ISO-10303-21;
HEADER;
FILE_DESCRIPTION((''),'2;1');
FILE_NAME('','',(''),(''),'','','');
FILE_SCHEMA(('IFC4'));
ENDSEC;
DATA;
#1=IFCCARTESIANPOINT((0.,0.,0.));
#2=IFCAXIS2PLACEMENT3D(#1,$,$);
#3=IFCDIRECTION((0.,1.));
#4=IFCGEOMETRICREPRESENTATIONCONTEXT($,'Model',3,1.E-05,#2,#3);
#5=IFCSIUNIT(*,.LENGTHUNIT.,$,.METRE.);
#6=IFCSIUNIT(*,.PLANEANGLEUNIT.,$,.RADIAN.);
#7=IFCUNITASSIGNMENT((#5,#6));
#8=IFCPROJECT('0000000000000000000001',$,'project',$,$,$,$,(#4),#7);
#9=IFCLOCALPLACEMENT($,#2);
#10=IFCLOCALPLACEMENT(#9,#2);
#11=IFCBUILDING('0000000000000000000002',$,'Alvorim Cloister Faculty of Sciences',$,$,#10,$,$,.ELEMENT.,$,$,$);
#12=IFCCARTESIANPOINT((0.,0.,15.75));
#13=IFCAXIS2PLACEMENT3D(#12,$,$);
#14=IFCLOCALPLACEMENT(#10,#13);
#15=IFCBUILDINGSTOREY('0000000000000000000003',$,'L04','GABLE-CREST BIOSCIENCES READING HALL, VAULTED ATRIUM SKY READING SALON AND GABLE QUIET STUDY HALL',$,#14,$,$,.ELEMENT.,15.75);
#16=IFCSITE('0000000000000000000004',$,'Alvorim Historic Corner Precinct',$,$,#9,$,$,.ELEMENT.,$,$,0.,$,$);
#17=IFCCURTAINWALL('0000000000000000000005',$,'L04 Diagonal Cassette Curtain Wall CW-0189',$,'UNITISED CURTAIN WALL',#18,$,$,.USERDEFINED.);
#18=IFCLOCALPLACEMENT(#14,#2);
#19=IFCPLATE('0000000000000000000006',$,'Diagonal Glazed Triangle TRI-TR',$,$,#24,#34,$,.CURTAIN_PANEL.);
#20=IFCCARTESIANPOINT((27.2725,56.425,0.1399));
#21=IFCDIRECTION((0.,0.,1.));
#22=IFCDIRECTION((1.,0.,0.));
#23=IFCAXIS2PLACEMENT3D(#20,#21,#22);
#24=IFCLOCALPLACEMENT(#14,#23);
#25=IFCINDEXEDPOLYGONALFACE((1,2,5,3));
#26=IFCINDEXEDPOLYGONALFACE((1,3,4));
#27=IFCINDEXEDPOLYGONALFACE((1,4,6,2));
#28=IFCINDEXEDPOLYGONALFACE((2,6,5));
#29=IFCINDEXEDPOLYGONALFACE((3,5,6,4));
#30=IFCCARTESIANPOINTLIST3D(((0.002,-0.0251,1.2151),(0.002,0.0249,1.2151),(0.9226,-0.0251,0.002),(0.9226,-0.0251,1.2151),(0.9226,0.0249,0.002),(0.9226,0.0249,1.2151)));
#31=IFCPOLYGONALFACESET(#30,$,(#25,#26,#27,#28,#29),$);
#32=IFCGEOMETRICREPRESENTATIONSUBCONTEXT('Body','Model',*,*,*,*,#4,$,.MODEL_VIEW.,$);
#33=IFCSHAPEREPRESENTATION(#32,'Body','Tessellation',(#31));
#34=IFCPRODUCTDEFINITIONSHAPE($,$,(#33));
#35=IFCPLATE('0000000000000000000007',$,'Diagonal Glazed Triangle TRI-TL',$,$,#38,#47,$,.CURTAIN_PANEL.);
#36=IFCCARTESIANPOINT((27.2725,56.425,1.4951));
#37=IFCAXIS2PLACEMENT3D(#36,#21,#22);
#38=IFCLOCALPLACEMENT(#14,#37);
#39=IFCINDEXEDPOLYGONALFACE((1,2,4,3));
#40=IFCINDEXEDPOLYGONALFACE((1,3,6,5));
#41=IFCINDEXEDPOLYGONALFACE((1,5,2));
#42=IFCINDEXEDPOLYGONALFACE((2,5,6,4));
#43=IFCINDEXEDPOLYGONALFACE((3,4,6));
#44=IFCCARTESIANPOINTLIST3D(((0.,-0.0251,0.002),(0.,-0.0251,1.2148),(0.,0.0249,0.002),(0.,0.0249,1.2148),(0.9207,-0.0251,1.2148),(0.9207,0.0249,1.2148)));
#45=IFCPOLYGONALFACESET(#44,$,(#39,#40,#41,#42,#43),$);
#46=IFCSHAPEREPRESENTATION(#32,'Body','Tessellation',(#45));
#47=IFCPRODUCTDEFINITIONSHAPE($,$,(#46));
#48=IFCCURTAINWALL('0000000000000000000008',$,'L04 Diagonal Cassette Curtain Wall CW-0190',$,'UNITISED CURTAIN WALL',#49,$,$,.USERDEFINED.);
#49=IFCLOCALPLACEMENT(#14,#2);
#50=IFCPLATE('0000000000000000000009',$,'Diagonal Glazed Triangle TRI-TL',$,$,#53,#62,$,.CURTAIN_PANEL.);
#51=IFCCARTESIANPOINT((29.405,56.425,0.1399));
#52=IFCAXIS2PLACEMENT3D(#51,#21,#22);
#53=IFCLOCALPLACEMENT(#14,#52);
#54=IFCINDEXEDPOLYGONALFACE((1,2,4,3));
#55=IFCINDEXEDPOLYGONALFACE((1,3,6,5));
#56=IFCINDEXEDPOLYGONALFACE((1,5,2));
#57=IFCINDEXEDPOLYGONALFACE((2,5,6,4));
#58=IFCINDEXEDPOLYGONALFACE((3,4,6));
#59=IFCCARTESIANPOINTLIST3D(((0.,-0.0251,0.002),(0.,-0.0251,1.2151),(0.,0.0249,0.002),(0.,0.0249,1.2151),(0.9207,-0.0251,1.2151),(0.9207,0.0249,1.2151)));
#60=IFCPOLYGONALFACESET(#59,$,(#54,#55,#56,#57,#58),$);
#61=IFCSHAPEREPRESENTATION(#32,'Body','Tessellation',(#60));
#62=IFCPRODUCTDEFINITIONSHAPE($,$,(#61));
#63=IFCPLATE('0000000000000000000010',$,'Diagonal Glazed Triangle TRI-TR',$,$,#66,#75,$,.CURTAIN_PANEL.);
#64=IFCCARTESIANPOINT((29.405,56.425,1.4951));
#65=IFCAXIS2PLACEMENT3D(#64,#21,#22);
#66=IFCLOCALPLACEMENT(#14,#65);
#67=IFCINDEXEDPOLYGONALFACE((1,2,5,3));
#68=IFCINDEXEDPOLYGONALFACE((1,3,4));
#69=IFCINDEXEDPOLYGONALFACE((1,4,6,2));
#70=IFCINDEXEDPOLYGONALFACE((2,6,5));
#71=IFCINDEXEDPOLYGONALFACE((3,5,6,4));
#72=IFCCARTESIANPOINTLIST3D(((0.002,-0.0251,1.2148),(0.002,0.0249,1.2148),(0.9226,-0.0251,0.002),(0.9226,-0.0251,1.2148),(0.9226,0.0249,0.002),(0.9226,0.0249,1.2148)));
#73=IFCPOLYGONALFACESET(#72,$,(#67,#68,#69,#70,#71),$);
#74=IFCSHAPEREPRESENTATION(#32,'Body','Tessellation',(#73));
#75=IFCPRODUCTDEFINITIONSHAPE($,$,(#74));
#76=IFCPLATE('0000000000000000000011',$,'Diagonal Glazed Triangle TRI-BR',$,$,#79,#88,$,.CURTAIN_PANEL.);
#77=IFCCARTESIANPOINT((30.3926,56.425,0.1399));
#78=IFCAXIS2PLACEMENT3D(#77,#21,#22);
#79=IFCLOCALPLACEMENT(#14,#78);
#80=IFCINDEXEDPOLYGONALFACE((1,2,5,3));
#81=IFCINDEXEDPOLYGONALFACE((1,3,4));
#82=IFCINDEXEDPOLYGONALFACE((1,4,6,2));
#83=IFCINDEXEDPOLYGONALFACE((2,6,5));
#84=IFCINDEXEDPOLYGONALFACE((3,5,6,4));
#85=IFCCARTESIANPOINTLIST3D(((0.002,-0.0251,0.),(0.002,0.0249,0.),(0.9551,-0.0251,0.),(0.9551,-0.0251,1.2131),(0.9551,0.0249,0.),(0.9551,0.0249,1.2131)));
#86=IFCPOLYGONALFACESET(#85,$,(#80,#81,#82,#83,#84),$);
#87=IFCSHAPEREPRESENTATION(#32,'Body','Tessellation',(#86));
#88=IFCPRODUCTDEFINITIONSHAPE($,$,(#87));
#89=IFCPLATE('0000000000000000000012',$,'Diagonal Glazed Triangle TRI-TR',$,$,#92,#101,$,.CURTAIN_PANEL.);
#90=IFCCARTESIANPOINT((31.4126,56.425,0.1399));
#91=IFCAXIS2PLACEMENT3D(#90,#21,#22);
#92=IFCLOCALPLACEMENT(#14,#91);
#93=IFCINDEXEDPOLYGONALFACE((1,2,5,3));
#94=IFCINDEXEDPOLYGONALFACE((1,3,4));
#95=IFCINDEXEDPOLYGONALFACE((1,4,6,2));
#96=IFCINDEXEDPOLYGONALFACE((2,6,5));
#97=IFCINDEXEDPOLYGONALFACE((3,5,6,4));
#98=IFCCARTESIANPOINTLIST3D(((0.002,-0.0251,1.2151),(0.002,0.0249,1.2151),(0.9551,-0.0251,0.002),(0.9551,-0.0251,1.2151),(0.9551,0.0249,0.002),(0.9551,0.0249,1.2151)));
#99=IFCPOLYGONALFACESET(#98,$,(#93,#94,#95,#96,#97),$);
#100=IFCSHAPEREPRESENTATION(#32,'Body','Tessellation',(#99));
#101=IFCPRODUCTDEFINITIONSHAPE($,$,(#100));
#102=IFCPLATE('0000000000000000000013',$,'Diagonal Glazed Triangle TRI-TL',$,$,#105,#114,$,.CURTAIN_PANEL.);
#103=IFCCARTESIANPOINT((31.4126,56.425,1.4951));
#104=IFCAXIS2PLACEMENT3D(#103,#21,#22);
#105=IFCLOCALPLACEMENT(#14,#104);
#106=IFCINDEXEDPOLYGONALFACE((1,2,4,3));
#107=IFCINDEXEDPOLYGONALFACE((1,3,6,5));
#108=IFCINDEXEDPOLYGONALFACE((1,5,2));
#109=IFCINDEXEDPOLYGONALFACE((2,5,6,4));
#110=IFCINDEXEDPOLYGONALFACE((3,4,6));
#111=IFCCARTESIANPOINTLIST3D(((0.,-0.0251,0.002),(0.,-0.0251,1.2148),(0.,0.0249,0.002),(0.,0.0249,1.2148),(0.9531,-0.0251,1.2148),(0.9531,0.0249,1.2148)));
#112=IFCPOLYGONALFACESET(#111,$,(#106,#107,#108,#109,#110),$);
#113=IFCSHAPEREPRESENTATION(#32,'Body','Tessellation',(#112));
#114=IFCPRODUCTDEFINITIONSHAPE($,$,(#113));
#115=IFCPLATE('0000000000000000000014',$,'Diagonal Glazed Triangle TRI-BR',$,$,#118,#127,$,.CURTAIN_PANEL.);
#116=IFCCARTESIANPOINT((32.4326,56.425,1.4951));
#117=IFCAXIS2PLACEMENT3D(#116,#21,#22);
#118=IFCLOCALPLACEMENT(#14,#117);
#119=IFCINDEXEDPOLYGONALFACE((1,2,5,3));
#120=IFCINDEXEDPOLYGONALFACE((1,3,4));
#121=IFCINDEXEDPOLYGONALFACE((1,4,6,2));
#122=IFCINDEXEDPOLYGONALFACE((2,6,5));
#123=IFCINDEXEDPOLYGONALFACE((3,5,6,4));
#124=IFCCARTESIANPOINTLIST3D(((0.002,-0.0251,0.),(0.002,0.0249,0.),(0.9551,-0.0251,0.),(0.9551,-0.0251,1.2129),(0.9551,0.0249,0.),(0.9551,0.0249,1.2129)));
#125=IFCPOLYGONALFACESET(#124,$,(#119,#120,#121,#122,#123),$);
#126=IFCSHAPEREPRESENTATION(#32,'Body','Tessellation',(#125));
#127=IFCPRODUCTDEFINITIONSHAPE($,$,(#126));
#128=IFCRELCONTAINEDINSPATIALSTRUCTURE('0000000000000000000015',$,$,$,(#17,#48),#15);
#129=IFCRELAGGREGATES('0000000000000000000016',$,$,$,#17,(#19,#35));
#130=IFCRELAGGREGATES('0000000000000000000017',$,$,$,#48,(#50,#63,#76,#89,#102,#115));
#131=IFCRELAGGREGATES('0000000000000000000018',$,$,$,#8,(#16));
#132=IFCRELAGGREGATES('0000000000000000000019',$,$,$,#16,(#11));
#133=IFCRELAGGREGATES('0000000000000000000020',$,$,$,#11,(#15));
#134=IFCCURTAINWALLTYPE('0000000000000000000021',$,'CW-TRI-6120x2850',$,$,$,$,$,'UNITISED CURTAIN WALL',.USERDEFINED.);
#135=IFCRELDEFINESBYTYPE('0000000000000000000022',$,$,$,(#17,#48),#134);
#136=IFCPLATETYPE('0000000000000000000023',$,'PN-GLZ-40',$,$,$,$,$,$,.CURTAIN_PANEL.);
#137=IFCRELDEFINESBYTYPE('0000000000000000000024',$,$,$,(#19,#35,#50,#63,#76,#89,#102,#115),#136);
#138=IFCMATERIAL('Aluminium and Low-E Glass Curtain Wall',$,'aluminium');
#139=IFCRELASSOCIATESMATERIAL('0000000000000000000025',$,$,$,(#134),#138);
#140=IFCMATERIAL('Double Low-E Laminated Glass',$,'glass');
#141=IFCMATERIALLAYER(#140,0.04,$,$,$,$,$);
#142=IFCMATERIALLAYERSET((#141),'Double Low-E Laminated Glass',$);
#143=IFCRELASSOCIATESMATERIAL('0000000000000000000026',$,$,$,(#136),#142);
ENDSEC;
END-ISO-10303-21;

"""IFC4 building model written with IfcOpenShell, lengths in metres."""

from ifc_helpers import new_model, si_unit, direction, frame, origin, place, context, subcontext, project, spatial, polyline, outline, extrude, material, layer, layer_set, type_object, element, aggregate, save


model = new_model("IFC4")

# Units and contexts
model_context = context("Model", 3, precision=1e-05, world=origin(), true_north=direction((0.0, 1.0)))
body_context = subcontext(model_context, "Body", "Model", "MODEL_VIEW")
ifc_project = project(units=[si_unit("LENGTHUNIT", "METRE"), si_unit("PLANEANGLEUNIT", "RADIAN")], contexts=[model_context])

# Site, building, storey
site_placement = place(None, origin())
site = spatial("IfcSite", under=ifc_project, at=site_placement, Name="Alvorim Historic Corner Precinct", CompositionType="ELEMENT", RefElevation=0.0)
building_placement = place(site_placement, origin())
building = spatial("IfcBuilding", under=site, at=building_placement, Name="Alvorim Cloister Faculty of Sciences", CompositionType="ELEMENT")
storey_placement = place(building_placement, frame((0.0, 0.0, 15.75)))
storey = spatial("IfcBuildingStorey", under=building, at=storey_placement, Name="L04", Description="GABLE-CREST BIOSCIENCES READING HALL, VAULTED ATRIUM SKY READING SALON AND GABLE QUIET STUDY HALL", CompositionType="ELEMENT", Elevation=15.75)

# Curtain walls, plates
ifc_material_1 = material(Name="Aluminium and Low-E Glass Curtain Wall", Category="aluminium")
curtain_wall_type = type_object("IfcCurtainWallType", Name="CW-TRI-6120x2850", ElementType="UNITISED CURTAIN WALL", PredefinedType="USERDEFINED", material=ifc_material_1)
curtain_wall_1_placement = place(storey_placement, origin())
curtain_wall_1 = element("IfcCurtainWall", 1, at=curtain_wall_1_placement, inside=storey, type_object=curtain_wall_type, Name="L04 Diagonal Cassette Curtain Wall CW-0189", ObjectType="UNITISED CURTAIN WALL", PredefinedType="USERDEFINED")
ifc_material_2 = material(Name="Double Low-E Laminated Glass", Category="glass")
ifc_layer = layer(ifc_material_2, 0.04)
ifc_layer_set = layer_set([ifc_layer], Name="Double Low-E Laminated Glass")
plate_type = type_object("IfcPlateType", Name="PN-GLZ-40", PredefinedType="CURTAIN_PANEL", material=ifc_layer_set)
plate_1_placement = place(storey_placement, frame((27.2725, 56.425, 0.1399), z_axis=(0.0, 0.0, 1.0), x_axis=(1.0, 0.0, 0.0)))
plate_1 = element("IfcPlate", 2, at=plate_1_placement, type_object=plate_type, Name="Diagonal Glazed Triangle TRI-TR", PredefinedType="CURTAIN_PANEL", context=body_context, shape_type="SweptSolid", body=[
    extrude(outline(polyline([(0.9226, 0.002), (0.9226, 1.2151), (0.002, 1.2151), (0.9226, 0.002)])), frame((0.0, 0.0249, 0.0), z_axis=(0.0, -1.0, 0.0), x_axis=(1.0, 0.0, 0.0)), (0.0, 0.0, 1.0), 0.05),
])
plate_2_placement = place(storey_placement, frame((27.2725, 56.425, 1.4951), z_axis=(0.0, 0.0, 1.0), x_axis=(1.0, 0.0, 0.0)))
plate_2 = element("IfcPlate", 3, at=plate_2_placement, type_object=plate_type, Name="Diagonal Glazed Triangle TRI-TL", PredefinedType="CURTAIN_PANEL", context=body_context, shape_type="SweptSolid", body=[
    extrude(outline(polyline([(0.9207, 1.2148), (0.0, 1.2148), (0.0, 0.002), (0.9207, 1.2148)])), frame((0.0, 0.0249, 0.0), z_axis=(0.0, -1.0, 0.0), x_axis=(1.0, 0.0, 0.0)), (0.0, 0.0, 1.0), 0.05),
])
aggregate(curtain_wall_1, [plate_1, plate_2])
curtain_wall_2_placement = place(storey_placement, origin())
curtain_wall_2 = element("IfcCurtainWall", 4, at=curtain_wall_2_placement, inside=storey, type_object=curtain_wall_type, Name="L04 Diagonal Cassette Curtain Wall CW-0190", ObjectType="UNITISED CURTAIN WALL", PredefinedType="USERDEFINED")
plate_3_placement = place(storey_placement, frame((29.405, 56.425, 0.1399), z_axis=(0.0, 0.0, 1.0), x_axis=(1.0, 0.0, 0.0)))
plate_3 = element("IfcPlate", 5, at=plate_3_placement, type_object=plate_type, Name="Diagonal Glazed Triangle TRI-TL", PredefinedType="CURTAIN_PANEL", context=body_context, shape_type="SweptSolid", body=[
    extrude(outline(polyline([(0.9207, 1.2151), (0.0, 1.2151), (0.0, 0.002), (0.9207, 1.2151)])), frame((0.0, 0.0249, 0.0), z_axis=(0.0, -1.0, 0.0), x_axis=(1.0, 0.0, 0.0)), (0.0, 0.0, 1.0), 0.05),
])
plate_4_placement = place(storey_placement, frame((29.405, 56.425, 1.4951), z_axis=(0.0, 0.0, 1.0), x_axis=(1.0, 0.0, 0.0)))
plate_4 = element("IfcPlate", 6, at=plate_4_placement, type_object=plate_type, Name="Diagonal Glazed Triangle TRI-TR", PredefinedType="CURTAIN_PANEL", context=body_context, shape_type="SweptSolid", body=[
    extrude(outline(polyline([(0.9226, 0.002), (0.9226, 1.2148), (0.002, 1.2148), (0.9226, 0.002)])), frame((0.0, 0.0249, 0.0), z_axis=(0.0, -1.0, 0.0), x_axis=(1.0, 0.0, 0.0)), (0.0, 0.0, 1.0), 0.05),
])
plate_5_placement = place(storey_placement, frame((30.3926, 56.425, 0.1399), z_axis=(0.0, 0.0, 1.0), x_axis=(1.0, 0.0, 0.0)))
plate_5 = element("IfcPlate", 7, at=plate_5_placement, type_object=plate_type, Name="Diagonal Glazed Triangle TRI-BR", PredefinedType="CURTAIN_PANEL", context=body_context, shape_type="SweptSolid", body=[
    extrude(outline(polyline([(0.002, 0.0), (0.9551, 0.0), (0.9551, 1.2131), (0.002, 0.0)])), frame((0.0, 0.0249, 0.0), z_axis=(0.0, -1.0, 0.0), x_axis=(1.0, 0.0, 0.0)), (0.0, 0.0, 1.0), 0.05),
])
plate_6_placement = place(storey_placement, frame((31.4126, 56.425, 0.1399), z_axis=(0.0, 0.0, 1.0), x_axis=(1.0, 0.0, 0.0)))
plate_6 = element("IfcPlate", 8, at=plate_6_placement, type_object=plate_type, Name="Diagonal Glazed Triangle TRI-TR", PredefinedType="CURTAIN_PANEL", context=body_context, shape_type="SweptSolid", body=[
    extrude(outline(polyline([(0.9551, 0.002), (0.9551, 1.2151), (0.002, 1.2151), (0.9551, 0.002)])), frame((0.0, 0.0249, 0.0), z_axis=(0.0, -1.0, 0.0), x_axis=(1.0, 0.0, 0.0)), (0.0, 0.0, 1.0), 0.05),
])
plate_7_placement = place(storey_placement, frame((31.4126, 56.425, 1.4951), z_axis=(0.0, 0.0, 1.0), x_axis=(1.0, 0.0, 0.0)))
plate_7 = element("IfcPlate", 9, at=plate_7_placement, type_object=plate_type, Name="Diagonal Glazed Triangle TRI-TL", PredefinedType="CURTAIN_PANEL", context=body_context, shape_type="SweptSolid", body=[
    extrude(outline(polyline([(0.9531, 1.2148), (0.0, 1.2148), (0.0, 0.002), (0.9531, 1.2148)])), frame((0.0, 0.0249, 0.0), z_axis=(0.0, -1.0, 0.0), x_axis=(1.0, 0.0, 0.0)), (0.0, 0.0, 1.0), 0.05),
])
plate_8_placement = place(storey_placement, frame((32.4326, 56.425, 1.4951), z_axis=(0.0, 0.0, 1.0), x_axis=(1.0, 0.0, 0.0)))
plate_8 = element("IfcPlate", 10, at=plate_8_placement, type_object=plate_type, Name="Diagonal Glazed Triangle TRI-BR", PredefinedType="CURTAIN_PANEL", context=body_context, shape_type="SweptSolid", body=[
    extrude(outline(polyline([(0.002, 0.0), (0.9551, 0.0), (0.9551, 1.2129), (0.002, 0.0)])), frame((0.0, 0.0249, 0.0), z_axis=(0.0, -1.0, 0.0), x_axis=(1.0, 0.0, 0.0)), (0.0, 0.0, 1.0), 0.05),
])
aggregate(curtain_wall_2, [plate_3, plate_4, plate_5, plate_6, plate_7, plate_8])

save(model, "model.ifc")
